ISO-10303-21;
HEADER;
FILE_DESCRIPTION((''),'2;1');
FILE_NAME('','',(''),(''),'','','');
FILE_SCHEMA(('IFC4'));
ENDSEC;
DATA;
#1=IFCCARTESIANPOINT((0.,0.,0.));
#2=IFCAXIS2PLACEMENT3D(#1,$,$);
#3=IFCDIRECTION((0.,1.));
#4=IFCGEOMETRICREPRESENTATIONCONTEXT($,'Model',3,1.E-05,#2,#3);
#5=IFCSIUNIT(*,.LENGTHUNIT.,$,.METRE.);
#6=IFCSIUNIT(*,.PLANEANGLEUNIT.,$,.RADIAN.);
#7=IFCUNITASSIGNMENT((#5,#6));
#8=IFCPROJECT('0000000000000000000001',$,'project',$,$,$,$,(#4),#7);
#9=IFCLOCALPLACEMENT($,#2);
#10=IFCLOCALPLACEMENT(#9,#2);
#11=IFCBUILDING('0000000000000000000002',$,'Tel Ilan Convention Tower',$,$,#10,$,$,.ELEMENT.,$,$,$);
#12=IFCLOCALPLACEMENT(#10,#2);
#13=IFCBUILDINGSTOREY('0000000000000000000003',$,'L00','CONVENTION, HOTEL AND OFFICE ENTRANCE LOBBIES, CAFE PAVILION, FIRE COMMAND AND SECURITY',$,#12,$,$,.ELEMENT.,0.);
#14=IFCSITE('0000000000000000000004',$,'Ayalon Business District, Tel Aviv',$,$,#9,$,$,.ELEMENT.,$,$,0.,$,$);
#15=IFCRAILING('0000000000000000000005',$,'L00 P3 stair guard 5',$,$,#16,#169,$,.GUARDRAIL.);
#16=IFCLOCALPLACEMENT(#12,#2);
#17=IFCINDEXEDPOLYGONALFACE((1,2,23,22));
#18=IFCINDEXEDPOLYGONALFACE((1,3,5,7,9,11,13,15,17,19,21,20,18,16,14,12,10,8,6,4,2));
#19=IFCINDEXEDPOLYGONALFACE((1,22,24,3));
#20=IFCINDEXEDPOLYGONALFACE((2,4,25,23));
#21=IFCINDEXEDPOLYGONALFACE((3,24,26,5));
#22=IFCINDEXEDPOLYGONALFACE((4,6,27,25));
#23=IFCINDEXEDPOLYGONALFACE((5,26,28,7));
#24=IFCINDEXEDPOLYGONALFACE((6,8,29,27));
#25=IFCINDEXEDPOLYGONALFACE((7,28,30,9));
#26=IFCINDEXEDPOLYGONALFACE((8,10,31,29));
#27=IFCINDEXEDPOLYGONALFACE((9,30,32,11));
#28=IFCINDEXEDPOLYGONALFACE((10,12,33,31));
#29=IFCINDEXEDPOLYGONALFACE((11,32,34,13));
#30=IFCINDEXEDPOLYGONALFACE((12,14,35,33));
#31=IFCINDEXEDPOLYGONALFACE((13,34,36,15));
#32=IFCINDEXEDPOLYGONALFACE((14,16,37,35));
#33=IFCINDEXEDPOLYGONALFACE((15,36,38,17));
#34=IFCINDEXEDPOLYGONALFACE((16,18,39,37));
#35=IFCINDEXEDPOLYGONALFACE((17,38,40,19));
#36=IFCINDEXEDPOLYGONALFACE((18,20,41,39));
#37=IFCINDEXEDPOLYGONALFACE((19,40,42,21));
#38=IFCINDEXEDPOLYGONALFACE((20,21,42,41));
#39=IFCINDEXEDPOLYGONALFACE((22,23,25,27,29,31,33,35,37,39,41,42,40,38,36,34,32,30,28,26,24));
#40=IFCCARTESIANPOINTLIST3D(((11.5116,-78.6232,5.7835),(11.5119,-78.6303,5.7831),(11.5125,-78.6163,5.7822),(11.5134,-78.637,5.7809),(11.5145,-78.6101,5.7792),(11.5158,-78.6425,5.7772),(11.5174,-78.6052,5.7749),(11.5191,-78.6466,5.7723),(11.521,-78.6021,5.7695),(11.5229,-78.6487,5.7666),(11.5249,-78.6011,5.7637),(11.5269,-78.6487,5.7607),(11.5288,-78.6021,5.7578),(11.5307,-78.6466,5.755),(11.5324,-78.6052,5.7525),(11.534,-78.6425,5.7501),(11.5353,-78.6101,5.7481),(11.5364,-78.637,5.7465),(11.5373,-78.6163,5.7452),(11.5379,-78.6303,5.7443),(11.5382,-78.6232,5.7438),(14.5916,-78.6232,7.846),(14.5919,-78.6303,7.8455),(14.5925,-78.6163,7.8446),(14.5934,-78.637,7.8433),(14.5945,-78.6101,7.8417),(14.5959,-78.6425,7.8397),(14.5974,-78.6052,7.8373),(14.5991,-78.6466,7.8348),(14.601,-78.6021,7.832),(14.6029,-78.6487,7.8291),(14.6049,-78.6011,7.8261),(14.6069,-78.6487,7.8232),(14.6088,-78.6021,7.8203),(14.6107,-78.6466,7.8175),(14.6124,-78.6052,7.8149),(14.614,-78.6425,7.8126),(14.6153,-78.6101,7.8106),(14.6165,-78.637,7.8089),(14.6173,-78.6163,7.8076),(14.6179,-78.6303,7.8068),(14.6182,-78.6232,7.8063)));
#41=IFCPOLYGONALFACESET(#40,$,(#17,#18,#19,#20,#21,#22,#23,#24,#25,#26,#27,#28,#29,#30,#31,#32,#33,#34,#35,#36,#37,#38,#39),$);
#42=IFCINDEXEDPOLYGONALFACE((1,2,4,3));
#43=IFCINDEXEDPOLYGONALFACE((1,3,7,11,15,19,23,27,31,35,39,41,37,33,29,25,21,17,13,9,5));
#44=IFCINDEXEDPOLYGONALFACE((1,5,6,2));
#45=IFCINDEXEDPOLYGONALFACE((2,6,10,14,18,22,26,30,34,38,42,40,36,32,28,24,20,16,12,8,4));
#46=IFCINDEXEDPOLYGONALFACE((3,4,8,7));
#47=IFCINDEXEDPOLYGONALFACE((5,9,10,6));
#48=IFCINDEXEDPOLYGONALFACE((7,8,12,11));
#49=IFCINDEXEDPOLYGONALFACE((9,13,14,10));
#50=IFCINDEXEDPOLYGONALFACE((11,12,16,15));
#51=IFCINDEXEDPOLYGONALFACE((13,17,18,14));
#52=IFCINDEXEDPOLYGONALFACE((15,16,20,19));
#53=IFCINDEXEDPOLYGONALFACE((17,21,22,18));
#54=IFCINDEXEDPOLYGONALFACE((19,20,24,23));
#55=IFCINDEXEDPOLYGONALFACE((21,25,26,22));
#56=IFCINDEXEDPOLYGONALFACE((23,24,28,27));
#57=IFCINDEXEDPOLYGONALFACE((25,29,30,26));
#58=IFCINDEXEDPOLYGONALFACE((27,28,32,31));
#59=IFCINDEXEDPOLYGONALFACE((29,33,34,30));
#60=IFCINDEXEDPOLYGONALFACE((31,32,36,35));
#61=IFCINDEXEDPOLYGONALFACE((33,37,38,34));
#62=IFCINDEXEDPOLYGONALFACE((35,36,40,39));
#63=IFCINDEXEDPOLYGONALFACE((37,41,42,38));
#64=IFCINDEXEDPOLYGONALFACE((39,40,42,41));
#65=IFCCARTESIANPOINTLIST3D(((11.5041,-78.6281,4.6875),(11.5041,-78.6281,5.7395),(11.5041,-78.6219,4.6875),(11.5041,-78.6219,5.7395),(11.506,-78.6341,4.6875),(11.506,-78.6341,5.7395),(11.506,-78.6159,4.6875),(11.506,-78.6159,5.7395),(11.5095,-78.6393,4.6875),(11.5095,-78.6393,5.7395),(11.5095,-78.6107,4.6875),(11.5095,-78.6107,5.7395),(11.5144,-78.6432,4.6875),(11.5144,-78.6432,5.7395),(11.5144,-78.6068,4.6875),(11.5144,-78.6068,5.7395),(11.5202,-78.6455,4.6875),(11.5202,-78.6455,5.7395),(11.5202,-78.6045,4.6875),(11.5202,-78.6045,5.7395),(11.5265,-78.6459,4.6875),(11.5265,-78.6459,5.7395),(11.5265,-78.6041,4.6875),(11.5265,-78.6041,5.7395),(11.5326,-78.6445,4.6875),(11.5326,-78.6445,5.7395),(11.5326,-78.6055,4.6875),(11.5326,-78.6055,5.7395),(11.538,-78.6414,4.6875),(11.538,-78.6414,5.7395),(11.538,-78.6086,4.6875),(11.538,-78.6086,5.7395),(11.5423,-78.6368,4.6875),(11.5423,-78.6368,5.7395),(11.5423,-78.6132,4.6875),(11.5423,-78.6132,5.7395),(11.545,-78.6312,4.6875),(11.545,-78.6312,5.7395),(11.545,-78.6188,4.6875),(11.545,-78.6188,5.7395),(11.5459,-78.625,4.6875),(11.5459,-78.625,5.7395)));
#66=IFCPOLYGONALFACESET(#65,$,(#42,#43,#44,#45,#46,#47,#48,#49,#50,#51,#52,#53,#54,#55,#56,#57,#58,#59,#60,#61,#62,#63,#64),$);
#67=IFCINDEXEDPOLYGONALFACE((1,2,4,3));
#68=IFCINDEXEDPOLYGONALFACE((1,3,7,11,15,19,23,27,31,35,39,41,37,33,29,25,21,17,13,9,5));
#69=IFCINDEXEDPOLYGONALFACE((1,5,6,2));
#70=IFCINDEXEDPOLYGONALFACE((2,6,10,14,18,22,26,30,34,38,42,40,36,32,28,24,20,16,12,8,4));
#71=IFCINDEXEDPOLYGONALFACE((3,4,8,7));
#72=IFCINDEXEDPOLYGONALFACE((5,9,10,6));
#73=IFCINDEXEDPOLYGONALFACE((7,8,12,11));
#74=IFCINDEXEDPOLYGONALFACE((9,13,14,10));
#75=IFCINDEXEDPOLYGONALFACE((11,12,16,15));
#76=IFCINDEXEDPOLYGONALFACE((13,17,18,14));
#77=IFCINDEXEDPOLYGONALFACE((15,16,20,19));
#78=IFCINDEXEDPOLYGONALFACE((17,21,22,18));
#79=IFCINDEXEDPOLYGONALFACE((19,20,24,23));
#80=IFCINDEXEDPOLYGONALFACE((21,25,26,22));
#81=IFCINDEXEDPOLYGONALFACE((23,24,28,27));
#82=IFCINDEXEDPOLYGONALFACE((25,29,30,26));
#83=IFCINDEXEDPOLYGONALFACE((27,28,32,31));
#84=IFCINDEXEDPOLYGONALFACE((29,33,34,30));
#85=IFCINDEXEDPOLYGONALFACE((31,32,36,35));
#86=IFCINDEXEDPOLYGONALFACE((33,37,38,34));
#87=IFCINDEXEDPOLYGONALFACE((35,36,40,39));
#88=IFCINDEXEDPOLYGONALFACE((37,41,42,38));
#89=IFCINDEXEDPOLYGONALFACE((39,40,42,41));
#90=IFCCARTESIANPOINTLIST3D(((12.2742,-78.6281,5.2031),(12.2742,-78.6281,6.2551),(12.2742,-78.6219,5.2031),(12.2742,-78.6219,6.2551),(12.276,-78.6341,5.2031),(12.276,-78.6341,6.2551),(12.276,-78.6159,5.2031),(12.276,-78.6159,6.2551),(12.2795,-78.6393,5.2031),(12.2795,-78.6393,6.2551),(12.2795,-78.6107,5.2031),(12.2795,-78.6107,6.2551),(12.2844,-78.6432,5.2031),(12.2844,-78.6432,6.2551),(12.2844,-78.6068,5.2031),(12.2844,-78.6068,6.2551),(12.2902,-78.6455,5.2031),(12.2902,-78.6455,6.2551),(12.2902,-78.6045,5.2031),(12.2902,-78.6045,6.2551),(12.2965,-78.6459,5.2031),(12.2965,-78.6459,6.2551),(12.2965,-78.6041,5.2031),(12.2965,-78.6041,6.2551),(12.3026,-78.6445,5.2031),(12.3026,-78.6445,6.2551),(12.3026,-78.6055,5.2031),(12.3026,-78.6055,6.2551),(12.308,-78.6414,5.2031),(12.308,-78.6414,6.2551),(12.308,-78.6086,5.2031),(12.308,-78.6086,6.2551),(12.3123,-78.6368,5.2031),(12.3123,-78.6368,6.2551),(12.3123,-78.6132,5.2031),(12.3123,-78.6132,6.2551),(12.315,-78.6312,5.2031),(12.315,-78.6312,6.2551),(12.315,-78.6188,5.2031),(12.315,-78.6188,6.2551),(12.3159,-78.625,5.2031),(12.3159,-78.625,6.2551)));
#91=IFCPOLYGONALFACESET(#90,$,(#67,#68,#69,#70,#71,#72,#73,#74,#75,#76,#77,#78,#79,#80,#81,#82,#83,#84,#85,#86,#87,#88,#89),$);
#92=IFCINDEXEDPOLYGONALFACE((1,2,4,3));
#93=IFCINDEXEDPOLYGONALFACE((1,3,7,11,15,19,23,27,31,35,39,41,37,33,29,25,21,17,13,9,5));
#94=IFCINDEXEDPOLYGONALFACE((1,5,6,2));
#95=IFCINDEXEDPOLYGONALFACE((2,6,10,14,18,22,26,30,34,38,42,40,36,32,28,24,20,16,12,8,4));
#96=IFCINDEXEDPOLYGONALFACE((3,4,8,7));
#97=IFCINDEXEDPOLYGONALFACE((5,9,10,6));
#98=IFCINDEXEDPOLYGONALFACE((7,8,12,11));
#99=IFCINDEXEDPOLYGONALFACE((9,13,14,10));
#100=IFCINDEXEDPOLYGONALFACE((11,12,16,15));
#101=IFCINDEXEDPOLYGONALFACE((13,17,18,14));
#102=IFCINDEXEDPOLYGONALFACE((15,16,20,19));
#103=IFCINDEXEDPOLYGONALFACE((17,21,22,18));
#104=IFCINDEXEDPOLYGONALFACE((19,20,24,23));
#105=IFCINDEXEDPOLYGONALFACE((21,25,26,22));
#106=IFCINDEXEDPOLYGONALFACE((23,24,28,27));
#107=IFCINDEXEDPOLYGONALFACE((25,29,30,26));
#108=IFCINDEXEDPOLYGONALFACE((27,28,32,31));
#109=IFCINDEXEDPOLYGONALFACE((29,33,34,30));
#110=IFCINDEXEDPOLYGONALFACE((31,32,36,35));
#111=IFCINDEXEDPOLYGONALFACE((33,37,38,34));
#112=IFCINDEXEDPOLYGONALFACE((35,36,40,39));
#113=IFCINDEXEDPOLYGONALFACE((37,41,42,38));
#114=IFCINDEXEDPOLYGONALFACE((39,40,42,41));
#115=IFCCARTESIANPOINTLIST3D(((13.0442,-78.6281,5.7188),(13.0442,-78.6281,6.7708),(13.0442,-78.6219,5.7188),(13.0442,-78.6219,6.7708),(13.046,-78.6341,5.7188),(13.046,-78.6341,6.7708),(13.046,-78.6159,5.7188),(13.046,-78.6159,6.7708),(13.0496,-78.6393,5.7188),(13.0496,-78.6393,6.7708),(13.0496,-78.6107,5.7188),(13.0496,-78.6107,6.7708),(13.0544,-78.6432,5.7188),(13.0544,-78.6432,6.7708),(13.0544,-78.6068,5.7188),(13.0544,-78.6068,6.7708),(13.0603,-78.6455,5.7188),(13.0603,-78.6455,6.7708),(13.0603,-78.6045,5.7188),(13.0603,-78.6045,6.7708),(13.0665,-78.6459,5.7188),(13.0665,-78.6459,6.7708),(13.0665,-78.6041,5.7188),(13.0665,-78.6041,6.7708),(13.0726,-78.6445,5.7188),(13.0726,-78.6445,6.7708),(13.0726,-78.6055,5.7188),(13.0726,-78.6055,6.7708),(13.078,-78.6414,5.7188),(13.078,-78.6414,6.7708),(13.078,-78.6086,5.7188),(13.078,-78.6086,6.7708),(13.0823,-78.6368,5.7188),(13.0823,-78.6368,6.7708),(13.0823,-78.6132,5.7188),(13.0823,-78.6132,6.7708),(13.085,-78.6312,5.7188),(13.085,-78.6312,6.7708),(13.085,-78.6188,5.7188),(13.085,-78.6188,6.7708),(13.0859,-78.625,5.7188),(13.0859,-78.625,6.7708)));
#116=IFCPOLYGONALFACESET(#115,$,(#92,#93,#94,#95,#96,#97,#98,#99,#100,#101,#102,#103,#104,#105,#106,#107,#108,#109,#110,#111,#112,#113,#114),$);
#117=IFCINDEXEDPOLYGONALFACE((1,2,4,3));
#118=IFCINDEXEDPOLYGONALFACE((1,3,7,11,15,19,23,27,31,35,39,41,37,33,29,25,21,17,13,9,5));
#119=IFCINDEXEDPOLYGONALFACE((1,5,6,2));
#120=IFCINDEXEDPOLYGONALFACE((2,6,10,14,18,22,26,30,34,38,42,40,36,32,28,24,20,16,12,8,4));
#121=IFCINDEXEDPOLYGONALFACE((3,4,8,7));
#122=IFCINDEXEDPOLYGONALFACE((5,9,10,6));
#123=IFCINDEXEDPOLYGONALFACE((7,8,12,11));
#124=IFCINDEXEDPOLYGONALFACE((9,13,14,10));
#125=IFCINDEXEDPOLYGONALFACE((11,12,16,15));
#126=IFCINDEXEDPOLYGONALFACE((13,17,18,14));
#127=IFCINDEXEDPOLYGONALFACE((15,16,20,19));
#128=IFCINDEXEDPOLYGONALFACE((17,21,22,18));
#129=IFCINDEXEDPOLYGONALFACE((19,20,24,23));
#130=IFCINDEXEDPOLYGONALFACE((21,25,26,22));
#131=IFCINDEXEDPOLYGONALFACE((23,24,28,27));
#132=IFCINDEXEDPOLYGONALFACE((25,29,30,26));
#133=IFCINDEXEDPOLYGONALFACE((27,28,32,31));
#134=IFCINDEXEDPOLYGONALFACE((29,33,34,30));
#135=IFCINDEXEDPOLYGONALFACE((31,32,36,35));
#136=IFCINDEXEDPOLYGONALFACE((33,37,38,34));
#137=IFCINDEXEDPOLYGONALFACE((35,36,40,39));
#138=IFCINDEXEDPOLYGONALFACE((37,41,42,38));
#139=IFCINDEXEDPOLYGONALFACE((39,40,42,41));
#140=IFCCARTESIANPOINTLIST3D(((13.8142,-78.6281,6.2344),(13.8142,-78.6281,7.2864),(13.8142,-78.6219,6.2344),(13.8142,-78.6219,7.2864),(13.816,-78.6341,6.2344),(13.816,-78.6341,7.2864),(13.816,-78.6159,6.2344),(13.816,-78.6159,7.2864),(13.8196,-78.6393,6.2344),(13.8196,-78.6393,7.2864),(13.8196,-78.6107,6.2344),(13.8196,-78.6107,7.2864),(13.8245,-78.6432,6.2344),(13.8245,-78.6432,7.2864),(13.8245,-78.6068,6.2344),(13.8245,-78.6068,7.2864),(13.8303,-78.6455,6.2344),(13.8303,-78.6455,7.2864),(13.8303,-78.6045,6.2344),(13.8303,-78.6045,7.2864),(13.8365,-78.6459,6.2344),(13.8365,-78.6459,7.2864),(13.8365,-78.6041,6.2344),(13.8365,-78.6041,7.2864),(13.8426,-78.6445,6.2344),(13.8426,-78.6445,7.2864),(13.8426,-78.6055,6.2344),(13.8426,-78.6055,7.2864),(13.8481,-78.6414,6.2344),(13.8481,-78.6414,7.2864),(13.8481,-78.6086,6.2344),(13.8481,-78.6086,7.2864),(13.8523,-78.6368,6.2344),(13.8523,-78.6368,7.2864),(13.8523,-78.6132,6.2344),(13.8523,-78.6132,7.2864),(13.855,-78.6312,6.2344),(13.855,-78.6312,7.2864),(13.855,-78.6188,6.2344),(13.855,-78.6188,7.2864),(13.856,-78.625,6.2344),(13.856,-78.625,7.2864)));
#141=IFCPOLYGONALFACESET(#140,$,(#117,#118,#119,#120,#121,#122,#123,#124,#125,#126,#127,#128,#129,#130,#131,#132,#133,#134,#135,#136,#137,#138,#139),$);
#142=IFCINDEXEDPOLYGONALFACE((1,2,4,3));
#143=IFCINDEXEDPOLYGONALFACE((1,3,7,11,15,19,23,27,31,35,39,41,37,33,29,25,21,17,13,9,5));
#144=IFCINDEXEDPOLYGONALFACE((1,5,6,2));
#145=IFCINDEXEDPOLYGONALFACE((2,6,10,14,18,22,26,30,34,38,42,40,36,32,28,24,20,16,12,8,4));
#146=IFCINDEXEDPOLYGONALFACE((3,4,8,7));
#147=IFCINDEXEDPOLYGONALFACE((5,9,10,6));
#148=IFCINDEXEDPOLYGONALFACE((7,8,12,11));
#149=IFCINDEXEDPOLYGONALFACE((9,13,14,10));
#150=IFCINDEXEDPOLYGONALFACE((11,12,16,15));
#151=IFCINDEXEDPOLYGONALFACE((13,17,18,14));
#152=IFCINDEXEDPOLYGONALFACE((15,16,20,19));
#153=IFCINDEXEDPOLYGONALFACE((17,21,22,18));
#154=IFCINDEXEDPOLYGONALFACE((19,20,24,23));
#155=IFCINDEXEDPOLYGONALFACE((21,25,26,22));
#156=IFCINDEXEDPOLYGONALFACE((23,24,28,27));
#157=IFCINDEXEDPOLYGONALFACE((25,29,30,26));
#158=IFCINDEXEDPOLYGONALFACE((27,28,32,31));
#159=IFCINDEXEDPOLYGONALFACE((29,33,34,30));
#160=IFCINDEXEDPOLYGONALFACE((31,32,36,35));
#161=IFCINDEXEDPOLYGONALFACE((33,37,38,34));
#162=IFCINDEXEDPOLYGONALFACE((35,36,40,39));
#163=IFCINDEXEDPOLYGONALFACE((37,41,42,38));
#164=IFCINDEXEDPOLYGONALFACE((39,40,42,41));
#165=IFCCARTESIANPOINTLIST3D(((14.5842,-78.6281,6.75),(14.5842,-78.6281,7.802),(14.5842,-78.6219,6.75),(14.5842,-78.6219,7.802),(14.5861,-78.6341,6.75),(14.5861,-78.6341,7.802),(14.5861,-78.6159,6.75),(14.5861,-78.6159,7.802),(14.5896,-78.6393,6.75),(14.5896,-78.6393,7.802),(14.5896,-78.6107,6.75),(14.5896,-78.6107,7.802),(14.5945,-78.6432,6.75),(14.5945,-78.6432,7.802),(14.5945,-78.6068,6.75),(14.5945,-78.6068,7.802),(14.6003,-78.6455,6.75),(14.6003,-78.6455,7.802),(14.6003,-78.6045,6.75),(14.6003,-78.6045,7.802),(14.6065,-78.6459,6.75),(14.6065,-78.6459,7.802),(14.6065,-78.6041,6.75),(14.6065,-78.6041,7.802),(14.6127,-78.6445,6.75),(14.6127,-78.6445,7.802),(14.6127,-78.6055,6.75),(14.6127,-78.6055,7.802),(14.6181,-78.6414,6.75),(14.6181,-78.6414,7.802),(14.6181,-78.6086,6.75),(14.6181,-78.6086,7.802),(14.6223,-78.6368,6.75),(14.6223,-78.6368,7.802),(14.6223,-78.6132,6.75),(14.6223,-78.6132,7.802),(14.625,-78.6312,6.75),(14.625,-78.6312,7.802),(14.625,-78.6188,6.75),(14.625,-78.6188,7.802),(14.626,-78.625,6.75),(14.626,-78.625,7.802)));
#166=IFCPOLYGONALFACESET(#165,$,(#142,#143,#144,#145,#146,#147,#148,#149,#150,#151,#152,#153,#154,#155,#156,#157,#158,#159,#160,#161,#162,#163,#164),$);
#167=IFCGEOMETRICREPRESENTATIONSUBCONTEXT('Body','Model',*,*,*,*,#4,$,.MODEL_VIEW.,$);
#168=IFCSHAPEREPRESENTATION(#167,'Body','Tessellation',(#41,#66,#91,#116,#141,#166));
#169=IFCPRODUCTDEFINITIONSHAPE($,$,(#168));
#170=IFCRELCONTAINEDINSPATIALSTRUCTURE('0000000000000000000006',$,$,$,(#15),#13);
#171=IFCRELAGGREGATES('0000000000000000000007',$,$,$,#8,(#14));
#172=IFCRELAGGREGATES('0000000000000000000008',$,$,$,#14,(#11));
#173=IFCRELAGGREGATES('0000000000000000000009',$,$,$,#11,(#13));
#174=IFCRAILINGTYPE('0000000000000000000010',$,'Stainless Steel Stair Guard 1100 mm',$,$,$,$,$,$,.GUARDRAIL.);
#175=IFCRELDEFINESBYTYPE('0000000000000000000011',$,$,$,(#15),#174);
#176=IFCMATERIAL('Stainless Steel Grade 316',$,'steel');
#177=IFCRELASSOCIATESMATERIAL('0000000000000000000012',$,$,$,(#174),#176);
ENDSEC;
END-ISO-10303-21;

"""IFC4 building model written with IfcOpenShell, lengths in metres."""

from ifc_helpers import new_model, si_unit, direction, frame, origin, origin_2d, place, context, subcontext, project, spatial, circle, extrude, material, type_object, element, save


model = new_model("IFC4")

# Units and contexts
model_context = context("Model", 3, precision=1e-05, world=origin(), true_north=direction((0.0, 1.0)))
body_context = subcontext(model_context, "Body", "Model", "MODEL_VIEW")
ifc_project = project(units=[si_unit("LENGTHUNIT", "METRE"), si_unit("PLANEANGLEUNIT", "RADIAN")], contexts=[model_context])

# Site, building, storey
site_placement = place(None, origin())
site = spatial("IfcSite", under=ifc_project, at=site_placement, Name="Ayalon Business District, Tel Aviv", CompositionType="ELEMENT", RefElevation=0.0)
building_placement = place(site_placement, origin())
building = spatial("IfcBuilding", under=site, at=building_placement, Name="Tel Ilan Convention Tower", CompositionType="ELEMENT")
storey_placement = place(building_placement, origin())
storey = spatial("IfcBuildingStorey", under=building, at=storey_placement, Name="L00", Description="CONVENTION, HOTEL AND OFFICE ENTRANCE LOBBIES, CAFE PAVILION, FIRE COMMAND AND SECURITY", CompositionType="ELEMENT", Elevation=0.0)

# Railing
ifc_material_1 = material(Name="Stainless Steel Grade 316", Category="steel")
railing_type_1 = type_object("IfcRailingType", Name="Stainless Steel Stair Guard 1100 mm", PredefinedType="GUARDRAIL", material=ifc_material_1)
railing_1_placement = place(storey_placement, frame((11.5249, -78.625, 4.6875)))
element("IfcRailing", 1, at=railing_1_placement, inside=storey, type_object=railing_type_1, Name="L00 P3 stair guard 5", PredefinedType="GUARDRAIL", context=body_context, shape_type="SweptSolid", body=[
    extrude(circle(Radius=0.0239, at=origin_2d()), frame((0.0, 0.0, 1.0762), z_axis=(0.830914, 0.0, 0.556401), x_axis=(0.0, 1.0, 0.0)), (0.0, 0.0, 1.0), 3.7068),
    extrude(circle(Radius=0.021, at=origin_2d()), origin(), (0.0, 0.0, 1.0), 1.052),
    extrude(circle(Radius=0.021, at=origin_2d()), frame((0.77, 0.0, 0.5156)), (0.0, 0.0, 1.0), 1.052),
    extrude(circle(Radius=0.021, at=origin_2d()), frame((1.54, 0.0, 1.0312)), (0.0, 0.0, 1.0), 1.052),
    extrude(circle(Radius=0.021, at=origin_2d()), frame((2.3101, 0.0, 1.5469)), (0.0, 0.0, 1.0), 1.052),
    extrude(circle(Radius=0.021, at=origin_2d()), frame((3.0801, 0.0, 2.0625)), (0.0, 0.0, 1.0), 1.052),
])

save(model, "model.ifc")
